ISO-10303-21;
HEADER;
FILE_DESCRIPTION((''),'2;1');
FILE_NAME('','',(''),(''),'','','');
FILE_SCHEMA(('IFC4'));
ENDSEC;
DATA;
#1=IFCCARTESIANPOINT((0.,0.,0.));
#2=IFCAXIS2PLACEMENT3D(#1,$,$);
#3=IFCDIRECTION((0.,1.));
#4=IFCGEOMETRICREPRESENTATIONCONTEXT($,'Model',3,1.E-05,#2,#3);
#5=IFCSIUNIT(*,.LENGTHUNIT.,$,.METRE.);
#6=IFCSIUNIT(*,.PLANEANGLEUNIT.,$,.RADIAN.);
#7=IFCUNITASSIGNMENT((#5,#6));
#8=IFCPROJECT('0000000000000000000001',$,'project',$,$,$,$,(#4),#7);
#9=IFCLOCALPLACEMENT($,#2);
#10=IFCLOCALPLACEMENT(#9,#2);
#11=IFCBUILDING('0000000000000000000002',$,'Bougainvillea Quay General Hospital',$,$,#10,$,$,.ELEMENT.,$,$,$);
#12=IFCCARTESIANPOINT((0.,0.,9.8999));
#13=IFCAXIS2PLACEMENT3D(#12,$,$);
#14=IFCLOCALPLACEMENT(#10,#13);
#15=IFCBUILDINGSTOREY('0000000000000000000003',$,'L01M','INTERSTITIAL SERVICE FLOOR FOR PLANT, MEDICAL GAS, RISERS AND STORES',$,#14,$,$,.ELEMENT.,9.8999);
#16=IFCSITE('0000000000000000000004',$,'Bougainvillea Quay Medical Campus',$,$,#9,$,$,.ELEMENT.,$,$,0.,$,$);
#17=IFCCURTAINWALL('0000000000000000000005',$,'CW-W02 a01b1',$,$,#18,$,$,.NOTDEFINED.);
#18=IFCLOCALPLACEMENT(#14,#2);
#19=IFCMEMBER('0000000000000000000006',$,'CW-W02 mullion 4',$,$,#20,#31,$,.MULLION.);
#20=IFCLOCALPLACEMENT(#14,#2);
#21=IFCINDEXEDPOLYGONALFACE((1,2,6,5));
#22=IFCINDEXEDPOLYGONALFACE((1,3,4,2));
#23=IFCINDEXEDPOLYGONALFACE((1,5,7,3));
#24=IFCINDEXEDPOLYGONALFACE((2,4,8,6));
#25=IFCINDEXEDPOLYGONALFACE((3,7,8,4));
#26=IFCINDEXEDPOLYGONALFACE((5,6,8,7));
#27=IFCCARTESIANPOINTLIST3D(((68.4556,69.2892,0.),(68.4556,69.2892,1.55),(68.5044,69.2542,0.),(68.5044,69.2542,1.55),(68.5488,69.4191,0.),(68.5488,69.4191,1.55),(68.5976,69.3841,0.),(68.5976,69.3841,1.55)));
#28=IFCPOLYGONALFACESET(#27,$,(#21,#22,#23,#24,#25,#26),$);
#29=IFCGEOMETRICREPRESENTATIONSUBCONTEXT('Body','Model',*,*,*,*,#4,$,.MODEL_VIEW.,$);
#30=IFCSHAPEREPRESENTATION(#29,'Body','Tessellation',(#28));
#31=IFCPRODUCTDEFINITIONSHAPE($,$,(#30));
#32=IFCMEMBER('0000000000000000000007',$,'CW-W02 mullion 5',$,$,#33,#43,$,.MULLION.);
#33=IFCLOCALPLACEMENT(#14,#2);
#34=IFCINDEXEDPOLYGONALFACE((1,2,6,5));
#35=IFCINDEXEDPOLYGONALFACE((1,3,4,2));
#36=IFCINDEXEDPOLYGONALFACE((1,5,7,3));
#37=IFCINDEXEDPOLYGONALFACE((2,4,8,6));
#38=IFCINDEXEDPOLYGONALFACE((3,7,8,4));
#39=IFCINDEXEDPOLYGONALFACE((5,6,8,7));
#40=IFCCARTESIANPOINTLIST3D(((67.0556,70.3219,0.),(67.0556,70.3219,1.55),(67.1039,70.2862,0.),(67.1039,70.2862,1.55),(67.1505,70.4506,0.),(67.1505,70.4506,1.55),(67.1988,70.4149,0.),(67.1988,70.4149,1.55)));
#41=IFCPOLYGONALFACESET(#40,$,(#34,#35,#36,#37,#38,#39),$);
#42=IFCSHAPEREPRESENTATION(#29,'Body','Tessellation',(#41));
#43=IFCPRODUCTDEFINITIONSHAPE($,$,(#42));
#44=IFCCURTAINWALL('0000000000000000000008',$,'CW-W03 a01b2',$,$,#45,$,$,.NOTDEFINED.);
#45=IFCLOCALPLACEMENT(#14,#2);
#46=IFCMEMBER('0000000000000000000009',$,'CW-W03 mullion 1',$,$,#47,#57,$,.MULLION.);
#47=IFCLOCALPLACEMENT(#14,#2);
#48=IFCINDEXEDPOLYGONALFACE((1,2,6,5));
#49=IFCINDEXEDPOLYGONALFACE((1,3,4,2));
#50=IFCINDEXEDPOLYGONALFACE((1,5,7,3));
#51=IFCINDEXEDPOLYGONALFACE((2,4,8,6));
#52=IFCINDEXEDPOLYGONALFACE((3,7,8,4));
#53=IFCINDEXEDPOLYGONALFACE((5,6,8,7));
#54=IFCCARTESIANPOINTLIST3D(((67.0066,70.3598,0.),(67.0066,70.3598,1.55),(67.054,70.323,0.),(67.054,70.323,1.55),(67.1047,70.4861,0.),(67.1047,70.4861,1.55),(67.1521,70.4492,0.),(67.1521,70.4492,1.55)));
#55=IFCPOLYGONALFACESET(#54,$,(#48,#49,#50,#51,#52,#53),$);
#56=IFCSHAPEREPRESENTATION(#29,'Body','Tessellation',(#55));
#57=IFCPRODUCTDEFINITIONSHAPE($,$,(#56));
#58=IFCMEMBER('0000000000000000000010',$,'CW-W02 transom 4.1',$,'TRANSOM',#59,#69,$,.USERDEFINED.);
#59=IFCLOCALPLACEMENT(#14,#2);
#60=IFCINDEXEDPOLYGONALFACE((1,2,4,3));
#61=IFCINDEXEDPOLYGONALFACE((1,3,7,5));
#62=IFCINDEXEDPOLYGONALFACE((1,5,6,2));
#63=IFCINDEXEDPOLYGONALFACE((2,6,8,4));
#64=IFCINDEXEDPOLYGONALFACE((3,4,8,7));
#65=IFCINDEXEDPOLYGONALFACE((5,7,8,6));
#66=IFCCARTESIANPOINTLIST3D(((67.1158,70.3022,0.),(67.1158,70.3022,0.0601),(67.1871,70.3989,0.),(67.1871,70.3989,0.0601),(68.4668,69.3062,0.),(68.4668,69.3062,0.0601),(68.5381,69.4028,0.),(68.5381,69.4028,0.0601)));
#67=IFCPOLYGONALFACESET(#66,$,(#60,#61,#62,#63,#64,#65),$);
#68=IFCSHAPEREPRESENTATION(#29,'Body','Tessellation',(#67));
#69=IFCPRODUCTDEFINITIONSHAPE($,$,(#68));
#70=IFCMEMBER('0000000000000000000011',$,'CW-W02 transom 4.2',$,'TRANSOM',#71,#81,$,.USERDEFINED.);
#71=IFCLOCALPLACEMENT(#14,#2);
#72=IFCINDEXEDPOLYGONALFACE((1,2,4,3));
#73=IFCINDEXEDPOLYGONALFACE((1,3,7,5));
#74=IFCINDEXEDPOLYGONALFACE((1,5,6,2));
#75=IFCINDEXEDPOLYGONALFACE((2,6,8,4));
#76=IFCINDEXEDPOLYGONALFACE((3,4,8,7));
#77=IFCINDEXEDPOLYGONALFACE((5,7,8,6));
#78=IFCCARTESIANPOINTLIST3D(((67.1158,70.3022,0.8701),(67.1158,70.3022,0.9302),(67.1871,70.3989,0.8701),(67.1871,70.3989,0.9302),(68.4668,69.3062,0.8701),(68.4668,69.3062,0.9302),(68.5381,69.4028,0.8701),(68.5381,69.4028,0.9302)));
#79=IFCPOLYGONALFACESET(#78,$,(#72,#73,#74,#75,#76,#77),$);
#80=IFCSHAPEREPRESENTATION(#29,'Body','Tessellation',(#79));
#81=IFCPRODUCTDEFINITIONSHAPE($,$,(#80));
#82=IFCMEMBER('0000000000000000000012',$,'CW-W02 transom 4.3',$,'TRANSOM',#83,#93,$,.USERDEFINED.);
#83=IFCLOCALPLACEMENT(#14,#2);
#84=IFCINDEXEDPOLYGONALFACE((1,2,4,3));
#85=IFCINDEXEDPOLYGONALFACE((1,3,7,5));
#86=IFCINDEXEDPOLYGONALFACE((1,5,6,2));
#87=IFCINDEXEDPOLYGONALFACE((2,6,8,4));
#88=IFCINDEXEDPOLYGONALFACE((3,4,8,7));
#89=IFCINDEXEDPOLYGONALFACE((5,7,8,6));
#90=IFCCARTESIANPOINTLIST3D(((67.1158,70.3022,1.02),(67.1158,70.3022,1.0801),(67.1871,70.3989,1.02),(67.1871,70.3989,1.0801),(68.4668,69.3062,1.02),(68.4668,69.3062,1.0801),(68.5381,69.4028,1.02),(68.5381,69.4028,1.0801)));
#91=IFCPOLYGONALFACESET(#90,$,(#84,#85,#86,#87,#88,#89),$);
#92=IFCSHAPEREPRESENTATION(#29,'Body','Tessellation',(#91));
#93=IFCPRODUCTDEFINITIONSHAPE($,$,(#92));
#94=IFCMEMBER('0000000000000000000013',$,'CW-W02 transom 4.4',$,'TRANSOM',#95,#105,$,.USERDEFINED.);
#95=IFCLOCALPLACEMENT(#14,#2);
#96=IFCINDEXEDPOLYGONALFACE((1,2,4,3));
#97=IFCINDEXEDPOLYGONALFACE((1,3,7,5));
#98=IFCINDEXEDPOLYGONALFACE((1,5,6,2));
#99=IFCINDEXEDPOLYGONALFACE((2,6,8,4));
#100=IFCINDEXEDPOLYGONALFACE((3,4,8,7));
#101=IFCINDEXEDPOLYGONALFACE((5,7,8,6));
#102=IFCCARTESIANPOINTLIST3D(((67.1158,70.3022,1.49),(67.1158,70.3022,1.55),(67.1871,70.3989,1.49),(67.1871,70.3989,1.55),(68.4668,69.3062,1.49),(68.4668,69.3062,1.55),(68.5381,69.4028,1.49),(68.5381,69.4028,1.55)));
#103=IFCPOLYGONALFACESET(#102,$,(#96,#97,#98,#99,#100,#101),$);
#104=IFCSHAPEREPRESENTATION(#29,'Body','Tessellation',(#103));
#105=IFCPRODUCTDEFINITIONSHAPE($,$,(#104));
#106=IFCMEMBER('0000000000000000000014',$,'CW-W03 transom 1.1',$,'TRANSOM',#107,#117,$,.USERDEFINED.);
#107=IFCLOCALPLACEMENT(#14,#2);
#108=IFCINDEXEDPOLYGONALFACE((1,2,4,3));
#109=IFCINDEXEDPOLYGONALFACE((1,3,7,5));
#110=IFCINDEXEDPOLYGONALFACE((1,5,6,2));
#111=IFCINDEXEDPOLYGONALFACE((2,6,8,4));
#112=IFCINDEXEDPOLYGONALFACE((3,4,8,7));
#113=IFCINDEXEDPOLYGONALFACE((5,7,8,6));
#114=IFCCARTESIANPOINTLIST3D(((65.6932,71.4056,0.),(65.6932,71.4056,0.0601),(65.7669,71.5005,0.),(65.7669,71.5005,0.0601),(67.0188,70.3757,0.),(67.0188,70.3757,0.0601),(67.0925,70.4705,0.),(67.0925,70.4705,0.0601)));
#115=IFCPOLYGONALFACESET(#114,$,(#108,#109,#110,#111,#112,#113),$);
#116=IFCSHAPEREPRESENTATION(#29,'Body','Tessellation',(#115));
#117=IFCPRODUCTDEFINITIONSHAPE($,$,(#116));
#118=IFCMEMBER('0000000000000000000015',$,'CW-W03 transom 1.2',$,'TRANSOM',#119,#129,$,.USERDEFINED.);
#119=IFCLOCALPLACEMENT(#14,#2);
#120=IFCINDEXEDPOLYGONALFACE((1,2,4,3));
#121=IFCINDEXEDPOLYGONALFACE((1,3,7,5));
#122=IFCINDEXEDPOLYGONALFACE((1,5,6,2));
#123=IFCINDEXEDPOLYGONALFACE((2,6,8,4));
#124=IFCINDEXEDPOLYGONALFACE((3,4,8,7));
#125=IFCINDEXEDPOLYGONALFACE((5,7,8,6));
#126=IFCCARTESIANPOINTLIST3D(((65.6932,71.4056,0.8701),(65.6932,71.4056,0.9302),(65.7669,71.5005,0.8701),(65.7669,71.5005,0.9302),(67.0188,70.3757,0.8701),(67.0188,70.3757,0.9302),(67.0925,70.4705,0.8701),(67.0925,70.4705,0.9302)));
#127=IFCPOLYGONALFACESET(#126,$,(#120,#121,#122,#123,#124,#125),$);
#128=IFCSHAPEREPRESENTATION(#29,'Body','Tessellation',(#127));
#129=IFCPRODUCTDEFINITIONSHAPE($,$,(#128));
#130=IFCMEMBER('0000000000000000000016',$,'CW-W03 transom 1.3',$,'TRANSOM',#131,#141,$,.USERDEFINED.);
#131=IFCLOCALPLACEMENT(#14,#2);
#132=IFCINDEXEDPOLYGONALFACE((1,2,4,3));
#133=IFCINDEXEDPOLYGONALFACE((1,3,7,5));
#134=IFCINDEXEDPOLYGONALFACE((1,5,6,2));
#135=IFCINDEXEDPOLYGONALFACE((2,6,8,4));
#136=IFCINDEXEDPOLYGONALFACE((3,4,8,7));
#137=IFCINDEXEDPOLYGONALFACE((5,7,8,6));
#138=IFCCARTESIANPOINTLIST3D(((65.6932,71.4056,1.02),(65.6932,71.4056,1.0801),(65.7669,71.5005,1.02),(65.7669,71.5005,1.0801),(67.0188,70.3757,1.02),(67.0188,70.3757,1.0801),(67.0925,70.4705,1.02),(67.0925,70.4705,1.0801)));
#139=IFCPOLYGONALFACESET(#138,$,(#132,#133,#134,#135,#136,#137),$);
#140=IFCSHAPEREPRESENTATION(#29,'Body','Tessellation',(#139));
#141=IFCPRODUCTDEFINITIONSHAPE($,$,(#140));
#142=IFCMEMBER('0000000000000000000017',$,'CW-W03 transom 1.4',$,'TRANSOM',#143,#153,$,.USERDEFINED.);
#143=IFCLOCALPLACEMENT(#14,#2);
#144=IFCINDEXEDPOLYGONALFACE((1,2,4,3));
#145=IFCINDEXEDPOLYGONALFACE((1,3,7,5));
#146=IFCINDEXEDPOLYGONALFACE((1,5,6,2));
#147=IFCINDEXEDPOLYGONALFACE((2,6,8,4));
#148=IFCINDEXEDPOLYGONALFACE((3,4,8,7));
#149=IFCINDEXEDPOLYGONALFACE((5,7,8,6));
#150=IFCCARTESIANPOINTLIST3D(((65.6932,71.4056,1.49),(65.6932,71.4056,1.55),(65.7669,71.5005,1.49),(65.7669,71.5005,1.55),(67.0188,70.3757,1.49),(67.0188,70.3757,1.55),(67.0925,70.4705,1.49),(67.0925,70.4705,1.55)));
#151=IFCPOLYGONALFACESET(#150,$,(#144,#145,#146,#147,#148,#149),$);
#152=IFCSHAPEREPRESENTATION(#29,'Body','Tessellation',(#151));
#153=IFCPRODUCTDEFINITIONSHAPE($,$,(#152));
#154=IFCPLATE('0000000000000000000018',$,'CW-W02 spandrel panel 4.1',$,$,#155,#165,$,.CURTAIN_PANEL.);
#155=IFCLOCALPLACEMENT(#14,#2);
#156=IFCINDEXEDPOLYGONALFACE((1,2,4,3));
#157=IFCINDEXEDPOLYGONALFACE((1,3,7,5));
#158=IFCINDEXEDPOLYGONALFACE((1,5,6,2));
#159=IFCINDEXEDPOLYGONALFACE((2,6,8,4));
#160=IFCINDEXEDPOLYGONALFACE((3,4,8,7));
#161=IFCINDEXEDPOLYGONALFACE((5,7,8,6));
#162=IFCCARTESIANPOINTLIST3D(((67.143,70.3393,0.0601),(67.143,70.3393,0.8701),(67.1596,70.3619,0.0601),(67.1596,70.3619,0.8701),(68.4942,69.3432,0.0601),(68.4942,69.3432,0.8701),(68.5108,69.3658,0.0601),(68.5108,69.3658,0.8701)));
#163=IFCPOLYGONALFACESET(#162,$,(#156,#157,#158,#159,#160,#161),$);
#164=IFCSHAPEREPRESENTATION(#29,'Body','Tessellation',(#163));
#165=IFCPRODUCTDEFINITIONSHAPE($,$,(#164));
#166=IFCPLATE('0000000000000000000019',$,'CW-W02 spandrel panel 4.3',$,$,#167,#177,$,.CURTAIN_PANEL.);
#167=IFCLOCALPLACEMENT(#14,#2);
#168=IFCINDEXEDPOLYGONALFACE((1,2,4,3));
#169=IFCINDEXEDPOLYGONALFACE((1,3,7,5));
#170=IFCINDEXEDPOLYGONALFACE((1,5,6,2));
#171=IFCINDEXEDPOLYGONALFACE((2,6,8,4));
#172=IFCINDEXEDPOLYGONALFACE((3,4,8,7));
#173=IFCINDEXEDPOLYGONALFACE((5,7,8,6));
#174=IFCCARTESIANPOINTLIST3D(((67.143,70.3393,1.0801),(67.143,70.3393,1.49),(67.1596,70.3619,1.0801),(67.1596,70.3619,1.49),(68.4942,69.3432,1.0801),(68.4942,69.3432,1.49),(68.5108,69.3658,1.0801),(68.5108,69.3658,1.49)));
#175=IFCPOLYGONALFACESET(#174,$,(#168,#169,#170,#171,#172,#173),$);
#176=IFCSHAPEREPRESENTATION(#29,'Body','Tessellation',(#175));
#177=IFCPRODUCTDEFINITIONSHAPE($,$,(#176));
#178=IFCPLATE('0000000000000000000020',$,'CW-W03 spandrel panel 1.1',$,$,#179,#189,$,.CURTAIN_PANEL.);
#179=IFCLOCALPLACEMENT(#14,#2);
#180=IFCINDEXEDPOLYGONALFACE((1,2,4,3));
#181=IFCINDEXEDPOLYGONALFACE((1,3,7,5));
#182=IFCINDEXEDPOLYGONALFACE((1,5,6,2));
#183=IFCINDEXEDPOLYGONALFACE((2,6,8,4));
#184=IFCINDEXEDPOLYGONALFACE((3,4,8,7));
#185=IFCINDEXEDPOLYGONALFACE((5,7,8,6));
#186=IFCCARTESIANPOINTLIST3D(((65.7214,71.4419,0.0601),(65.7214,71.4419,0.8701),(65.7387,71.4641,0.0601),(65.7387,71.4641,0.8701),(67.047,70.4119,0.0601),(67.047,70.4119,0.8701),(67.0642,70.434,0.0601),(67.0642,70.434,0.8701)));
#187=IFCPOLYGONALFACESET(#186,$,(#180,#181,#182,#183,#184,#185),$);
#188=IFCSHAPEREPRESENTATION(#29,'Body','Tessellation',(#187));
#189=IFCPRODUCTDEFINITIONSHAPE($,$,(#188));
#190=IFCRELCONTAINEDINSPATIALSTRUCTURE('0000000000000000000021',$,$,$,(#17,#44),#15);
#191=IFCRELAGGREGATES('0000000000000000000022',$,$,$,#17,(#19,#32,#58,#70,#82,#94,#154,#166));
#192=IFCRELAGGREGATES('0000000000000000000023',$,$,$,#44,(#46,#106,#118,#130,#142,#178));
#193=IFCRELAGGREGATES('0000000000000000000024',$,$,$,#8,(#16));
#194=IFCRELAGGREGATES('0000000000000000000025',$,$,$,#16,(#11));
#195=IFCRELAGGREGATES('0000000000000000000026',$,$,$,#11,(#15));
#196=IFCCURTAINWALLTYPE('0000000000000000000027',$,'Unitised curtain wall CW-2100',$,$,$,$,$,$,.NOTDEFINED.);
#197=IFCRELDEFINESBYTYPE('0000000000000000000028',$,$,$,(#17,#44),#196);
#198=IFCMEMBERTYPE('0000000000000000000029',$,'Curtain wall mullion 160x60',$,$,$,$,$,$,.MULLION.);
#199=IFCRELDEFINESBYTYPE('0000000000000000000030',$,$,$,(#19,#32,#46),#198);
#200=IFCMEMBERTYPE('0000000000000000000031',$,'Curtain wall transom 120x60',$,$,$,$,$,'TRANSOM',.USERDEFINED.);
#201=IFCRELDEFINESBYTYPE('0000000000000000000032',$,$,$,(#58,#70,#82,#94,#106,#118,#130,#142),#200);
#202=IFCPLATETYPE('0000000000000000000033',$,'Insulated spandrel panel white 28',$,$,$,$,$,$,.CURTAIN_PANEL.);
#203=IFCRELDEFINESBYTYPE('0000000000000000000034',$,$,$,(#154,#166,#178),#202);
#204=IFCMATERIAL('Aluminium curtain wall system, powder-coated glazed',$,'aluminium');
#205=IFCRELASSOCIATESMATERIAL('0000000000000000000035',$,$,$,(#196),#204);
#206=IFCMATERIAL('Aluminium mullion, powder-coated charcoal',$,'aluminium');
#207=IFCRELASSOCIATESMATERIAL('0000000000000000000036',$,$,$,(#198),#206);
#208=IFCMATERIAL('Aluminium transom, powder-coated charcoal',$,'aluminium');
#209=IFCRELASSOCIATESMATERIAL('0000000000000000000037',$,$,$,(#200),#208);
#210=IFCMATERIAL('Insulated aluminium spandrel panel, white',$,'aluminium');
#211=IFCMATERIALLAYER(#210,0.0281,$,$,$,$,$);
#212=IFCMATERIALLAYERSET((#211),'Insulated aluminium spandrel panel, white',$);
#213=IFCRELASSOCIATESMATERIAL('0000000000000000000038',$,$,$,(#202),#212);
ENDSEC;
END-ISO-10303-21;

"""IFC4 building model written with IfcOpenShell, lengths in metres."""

from ifc_helpers import new_model, si_unit, direction, frame, origin, origin_2d, place, context, subcontext, project, spatial, rectangle, extrude, material, layer, layer_set, material_profile, profile_set, type_object, element, aggregate, save


model = new_model("IFC4")

# Units and contexts
model_context = context("Model", 3, precision=1e-05, world=origin(), true_north=direction((0.0, 1.0)))
body_context = subcontext(model_context, "Body", "Model", "MODEL_VIEW")
ifc_project = project(units=[si_unit("LENGTHUNIT", "METRE"), si_unit("PLANEANGLEUNIT", "RADIAN")], contexts=[model_context])

# Site, building, storey
site_placement = place(None, origin())
site = spatial("IfcSite", under=ifc_project, at=site_placement, Name="Bougainvillea Quay Medical Campus", CompositionType="ELEMENT", RefElevation=0.0)
building_placement = place(site_placement, origin())
building = spatial("IfcBuilding", under=site, at=building_placement, Name="Bougainvillea Quay General Hospital", CompositionType="ELEMENT")
storey_placement = place(building_placement, frame((0.0, 0.0, 9.8999)))
storey = spatial("IfcBuildingStorey", under=building, at=storey_placement, Name="L01M", Description="INTERSTITIAL SERVICE FLOOR FOR PLANT, MEDICAL GAS, RISERS AND STORES", CompositionType="ELEMENT", Elevation=9.8999)

# Curtain wall, members
ifc_material_1 = material(Name="Aluminium curtain wall system, powder-coated glazed", Category="aluminium")
curtain_wall_type = type_object("IfcCurtainWallType", Name="Unitised curtain wall CW-2100", PredefinedType="NOTDEFINED", material=ifc_material_1)
curtain_wall_1_placement = place(storey_placement, origin())
curtain_wall_1 = element("IfcCurtainWall", 1, at=curtain_wall_1_placement, inside=storey, type_object=curtain_wall_type, Name="CW-W02 a01b1", PredefinedType="NOTDEFINED")
ifc_material_2 = material(Name="Aluminium mullion, powder-coated charcoal", Category="aluminium")
ifc_material_profile_1 = material_profile(ifc_material_2, rectangle(XDim=0.1599, YDim=0.0601, at=origin_2d()))
ifc_profile_set_1 = profile_set([ifc_material_profile_1], Name="Aluminium mullion, powder-coated charcoal")
member_type_1 = type_object("IfcMemberType", Name="Curtain wall mullion 160x60", PredefinedType="MULLION", material=ifc_profile_set_1)
member_1_placement = place(storey_placement, frame((68.5266, 69.3367, 0.0), z_axis=(0.0, 0.0, 1.0), x_axis=(-0.58313, -0.812379, 0.0)))
member_1 = element("IfcMember", 2, at=member_1_placement, type_object=member_type_1, Name="CW-W02 mullion 4", PredefinedType="MULLION", context=body_context, shape_type="SweptSolid", body=[
    extrude(rectangle(XDim=0.1599, YDim=0.0601, at=origin_2d()), origin(), (0.0, 0.0, 1.0), 1.55),
])
member_2_placement = place(storey_placement, frame((67.1272, 70.3684, 0.0), z_axis=(0.0, 0.0, 1.0), x_axis=(-0.593384, -0.80492, 0.0)))
member_2 = element("IfcMember", 3, at=member_2_placement, type_object=member_type_1, Name="CW-W02 mullion 5", PredefinedType="MULLION", context=body_context, shape_type="SweptSolid", body=[
    extrude(rectangle(XDim=0.1599, YDim=0.0601, at=origin_2d()), origin(), (0.0, 0.0, 1.0), 1.55),
])

# Curtain wall, member
curtain_wall_2_placement = place(storey_placement, origin())
curtain_wall_2 = element("IfcCurtainWall", 4, at=curtain_wall_2_placement, inside=storey, type_object=curtain_wall_type, Name="CW-W03 a01b2", PredefinedType="NOTDEFINED")
member_3_placement = place(storey_placement, frame((67.0793, 70.4045, 0.0), z_axis=(0.0, 0.0, 1.0), x_axis=(-0.613603, -0.789614, 0.0)))
member_3 = element("IfcMember", 5, at=member_3_placement, type_object=member_type_1, Name="CW-W03 mullion 1", PredefinedType="MULLION", context=body_context, shape_type="SweptSolid", body=[
    extrude(rectangle(XDim=0.1599, YDim=0.0601, at=origin_2d()), origin(), (0.0, 0.0, 1.0), 1.55),
])

# Members
ifc_material_3 = material(Name="Aluminium transom, powder-coated charcoal", Category="aluminium")
ifc_material_profile_2 = material_profile(ifc_material_3, rectangle(XDim=0.1201, YDim=0.0601, at=origin_2d()))
ifc_profile_set_2 = profile_set([ifc_material_profile_2], Name="Aluminium transom, powder-coated charcoal")
member_type_2 = type_object("IfcMemberType", Name="Curtain wall transom 120x60", ElementType="TRANSOM", PredefinedType="USERDEFINED", material=ifc_profile_set_2)
member_4_placement = place(storey_placement, frame((68.5024, 69.3545, 0.03), z_axis=(-0.804895, 0.593417, 0.0), x_axis=(-0.593417, -0.804895, 0.0)))
member_4 = element("IfcMember", 6, at=member_4_placement, type_object=member_type_2, Name="CW-W02 transom 4.1", ObjectType="TRANSOM", PredefinedType="USERDEFINED", context=body_context, shape_type="SweptSolid", body=[
    extrude(rectangle(XDim=0.1201, YDim=0.0601, at=origin_2d()), origin(), (0.0, 0.0, 1.0), 1.6785),
])
member_5_placement = place(storey_placement, frame((68.5024, 69.3545, 0.9001), z_axis=(-0.804895, 0.593417, 0.0), x_axis=(-0.593417, -0.804895, 0.0)))
member_5 = element("IfcMember", 7, at=member_5_placement, type_object=member_type_2, Name="CW-W02 transom 4.2", ObjectType="TRANSOM", PredefinedType="USERDEFINED", context=body_context, shape_type="SweptSolid", body=[
    extrude(rectangle(XDim=0.1201, YDim=0.0601, at=origin_2d()), origin(), (0.0, 0.0, 1.0), 1.6785),
])
member_6_placement = place(storey_placement, frame((68.5024, 69.3545, 1.05), z_axis=(-0.804895, 0.593417, 0.0), x_axis=(-0.593417, -0.804895, 0.0)))
member_6 = element("IfcMember", 8, at=member_6_placement, type_object=member_type_2, Name="CW-W02 transom 4.3", ObjectType="TRANSOM", PredefinedType="USERDEFINED", context=body_context, shape_type="SweptSolid", body=[
    extrude(rectangle(XDim=0.1201, YDim=0.0601, at=origin_2d()), origin(), (0.0, 0.0, 1.0), 1.6785),
])
member_7_placement = place(storey_placement, frame((68.5024, 69.3545, 1.52), z_axis=(-0.804895, 0.593417, 0.0), x_axis=(-0.593417, -0.804895, 0.0)))
member_7 = element("IfcMember", 9, at=member_7_placement, type_object=member_type_2, Name="CW-W02 transom 4.4", ObjectType="TRANSOM", PredefinedType="USERDEFINED", context=body_context, shape_type="SweptSolid", body=[
    extrude(rectangle(XDim=0.1201, YDim=0.0601, at=origin_2d()), origin(), (0.0, 0.0, 1.0), 1.6785),
])
member_8_placement = place(storey_placement, frame((67.0557, 70.4231, 0.03), z_axis=(-0.789658, 0.613548, 0.0), x_axis=(-0.613548, -0.789658, 0.0)))
member_8 = element("IfcMember", 10, at=member_8_placement, type_object=member_type_2, Name="CW-W03 transom 1.1", ObjectType="TRANSOM", PredefinedType="USERDEFINED", context=body_context, shape_type="SweptSolid", body=[
    extrude(rectangle(XDim=0.1201, YDim=0.0601, at=origin_2d()), origin(), (0.0, 0.0, 1.0), 1.6787),
])
member_9_placement = place(storey_placement, frame((67.0557, 70.4231, 0.9001), z_axis=(-0.789658, 0.613548, 0.0), x_axis=(-0.613548, -0.789658, 0.0)))
member_9 = element("IfcMember", 11, at=member_9_placement, type_object=member_type_2, Name="CW-W03 transom 1.2", ObjectType="TRANSOM", PredefinedType="USERDEFINED", context=body_context, shape_type="SweptSolid", body=[
    extrude(rectangle(XDim=0.1201, YDim=0.0601, at=origin_2d()), origin(), (0.0, 0.0, 1.0), 1.6787),
])
member_10_placement = place(storey_placement, frame((67.0557, 70.4231, 1.05), z_axis=(-0.789658, 0.613548, 0.0), x_axis=(-0.613548, -0.789658, 0.0)))
member_10 = element("IfcMember", 12, at=member_10_placement, type_object=member_type_2, Name="CW-W03 transom 1.3", ObjectType="TRANSOM", PredefinedType="USERDEFINED", context=body_context, shape_type="SweptSolid", body=[
    extrude(rectangle(XDim=0.1201, YDim=0.0601, at=origin_2d()), origin(), (0.0, 0.0, 1.0), 1.6787),
])
member_11_placement = place(storey_placement, frame((67.0557, 70.4231, 1.52), z_axis=(-0.789658, 0.613548, 0.0), x_axis=(-0.613548, -0.789658, 0.0)))
member_11 = element("IfcMember", 13, at=member_11_placement, type_object=member_type_2, Name="CW-W03 transom 1.4", ObjectType="TRANSOM", PredefinedType="USERDEFINED", context=body_context, shape_type="SweptSolid", body=[
    extrude(rectangle(XDim=0.1201, YDim=0.0601, at=origin_2d()), origin(), (0.0, 0.0, 1.0), 1.6787),
])

# Plates
ifc_material_4 = material(Name="Insulated aluminium spandrel panel, white", Category="aluminium")
ifc_layer_1 = layer(ifc_material_4, 0.0281)
ifc_layer_set_1 = layer_set([ifc_layer_1], Name="Insulated aluminium spandrel panel, white")
plate_type_1 = type_object("IfcPlateType", Name="Insulated spandrel panel white 28", PredefinedType="CURTAIN_PANEL", material=ifc_layer_set_1)
plate_1_placement = place(storey_placement, frame((67.8269, 69.8525, 0.0601), z_axis=(0.0, 0.0, 1.0), x_axis=(-0.80492, 0.593384, 0.0)))
plate_1 = element("IfcPlate", 14, at=plate_1_placement, type_object=plate_type_1, Name="CW-W02 spandrel panel 4.1", PredefinedType="CURTAIN_PANEL", context=body_context, shape_type="SweptSolid", body=[
    extrude(rectangle(XDim=1.6787, YDim=0.0281, at=origin_2d()), origin(), (0.0, 0.0, 1.0), 0.8101),
])
plate_2_placement = place(storey_placement, frame((67.8269, 69.8525, 1.0801), z_axis=(0.0, 0.0, 1.0), x_axis=(-0.80492, 0.593384, 0.0)))
plate_2 = element("IfcPlate", 15, at=plate_2_placement, type_object=plate_type_1, Name="CW-W02 spandrel panel 4.3", PredefinedType="CURTAIN_PANEL", context=body_context, shape_type="SweptSolid", body=[
    extrude(rectangle(XDim=1.6787, YDim=0.0281, at=origin_2d()), origin(), (0.0, 0.0, 1.0), 0.4099),
])
plate_3_placement = place(storey_placement, frame((66.3928, 70.938, 0.0601), z_axis=(0.0, 0.0, 1.0), x_axis=(-0.789614, 0.613603, 0.0)))
plate_3 = element("IfcPlate", 16, at=plate_3_placement, type_object=plate_type_1, Name="CW-W03 spandrel panel 1.1", PredefinedType="CURTAIN_PANEL", context=body_context, shape_type="SweptSolid", body=[
    extrude(rectangle(XDim=1.6787, YDim=0.0281, at=origin_2d()), origin(), (0.0, 0.0, 1.0), 0.8101),
])
aggregate(curtain_wall_1, [member_1, member_2, member_4, member_5, member_6, member_7, plate_1, plate_2])
aggregate(curtain_wall_2, [member_3, member_8, member_9, member_10, member_11, plate_3])

save(model, "model.ifc")
